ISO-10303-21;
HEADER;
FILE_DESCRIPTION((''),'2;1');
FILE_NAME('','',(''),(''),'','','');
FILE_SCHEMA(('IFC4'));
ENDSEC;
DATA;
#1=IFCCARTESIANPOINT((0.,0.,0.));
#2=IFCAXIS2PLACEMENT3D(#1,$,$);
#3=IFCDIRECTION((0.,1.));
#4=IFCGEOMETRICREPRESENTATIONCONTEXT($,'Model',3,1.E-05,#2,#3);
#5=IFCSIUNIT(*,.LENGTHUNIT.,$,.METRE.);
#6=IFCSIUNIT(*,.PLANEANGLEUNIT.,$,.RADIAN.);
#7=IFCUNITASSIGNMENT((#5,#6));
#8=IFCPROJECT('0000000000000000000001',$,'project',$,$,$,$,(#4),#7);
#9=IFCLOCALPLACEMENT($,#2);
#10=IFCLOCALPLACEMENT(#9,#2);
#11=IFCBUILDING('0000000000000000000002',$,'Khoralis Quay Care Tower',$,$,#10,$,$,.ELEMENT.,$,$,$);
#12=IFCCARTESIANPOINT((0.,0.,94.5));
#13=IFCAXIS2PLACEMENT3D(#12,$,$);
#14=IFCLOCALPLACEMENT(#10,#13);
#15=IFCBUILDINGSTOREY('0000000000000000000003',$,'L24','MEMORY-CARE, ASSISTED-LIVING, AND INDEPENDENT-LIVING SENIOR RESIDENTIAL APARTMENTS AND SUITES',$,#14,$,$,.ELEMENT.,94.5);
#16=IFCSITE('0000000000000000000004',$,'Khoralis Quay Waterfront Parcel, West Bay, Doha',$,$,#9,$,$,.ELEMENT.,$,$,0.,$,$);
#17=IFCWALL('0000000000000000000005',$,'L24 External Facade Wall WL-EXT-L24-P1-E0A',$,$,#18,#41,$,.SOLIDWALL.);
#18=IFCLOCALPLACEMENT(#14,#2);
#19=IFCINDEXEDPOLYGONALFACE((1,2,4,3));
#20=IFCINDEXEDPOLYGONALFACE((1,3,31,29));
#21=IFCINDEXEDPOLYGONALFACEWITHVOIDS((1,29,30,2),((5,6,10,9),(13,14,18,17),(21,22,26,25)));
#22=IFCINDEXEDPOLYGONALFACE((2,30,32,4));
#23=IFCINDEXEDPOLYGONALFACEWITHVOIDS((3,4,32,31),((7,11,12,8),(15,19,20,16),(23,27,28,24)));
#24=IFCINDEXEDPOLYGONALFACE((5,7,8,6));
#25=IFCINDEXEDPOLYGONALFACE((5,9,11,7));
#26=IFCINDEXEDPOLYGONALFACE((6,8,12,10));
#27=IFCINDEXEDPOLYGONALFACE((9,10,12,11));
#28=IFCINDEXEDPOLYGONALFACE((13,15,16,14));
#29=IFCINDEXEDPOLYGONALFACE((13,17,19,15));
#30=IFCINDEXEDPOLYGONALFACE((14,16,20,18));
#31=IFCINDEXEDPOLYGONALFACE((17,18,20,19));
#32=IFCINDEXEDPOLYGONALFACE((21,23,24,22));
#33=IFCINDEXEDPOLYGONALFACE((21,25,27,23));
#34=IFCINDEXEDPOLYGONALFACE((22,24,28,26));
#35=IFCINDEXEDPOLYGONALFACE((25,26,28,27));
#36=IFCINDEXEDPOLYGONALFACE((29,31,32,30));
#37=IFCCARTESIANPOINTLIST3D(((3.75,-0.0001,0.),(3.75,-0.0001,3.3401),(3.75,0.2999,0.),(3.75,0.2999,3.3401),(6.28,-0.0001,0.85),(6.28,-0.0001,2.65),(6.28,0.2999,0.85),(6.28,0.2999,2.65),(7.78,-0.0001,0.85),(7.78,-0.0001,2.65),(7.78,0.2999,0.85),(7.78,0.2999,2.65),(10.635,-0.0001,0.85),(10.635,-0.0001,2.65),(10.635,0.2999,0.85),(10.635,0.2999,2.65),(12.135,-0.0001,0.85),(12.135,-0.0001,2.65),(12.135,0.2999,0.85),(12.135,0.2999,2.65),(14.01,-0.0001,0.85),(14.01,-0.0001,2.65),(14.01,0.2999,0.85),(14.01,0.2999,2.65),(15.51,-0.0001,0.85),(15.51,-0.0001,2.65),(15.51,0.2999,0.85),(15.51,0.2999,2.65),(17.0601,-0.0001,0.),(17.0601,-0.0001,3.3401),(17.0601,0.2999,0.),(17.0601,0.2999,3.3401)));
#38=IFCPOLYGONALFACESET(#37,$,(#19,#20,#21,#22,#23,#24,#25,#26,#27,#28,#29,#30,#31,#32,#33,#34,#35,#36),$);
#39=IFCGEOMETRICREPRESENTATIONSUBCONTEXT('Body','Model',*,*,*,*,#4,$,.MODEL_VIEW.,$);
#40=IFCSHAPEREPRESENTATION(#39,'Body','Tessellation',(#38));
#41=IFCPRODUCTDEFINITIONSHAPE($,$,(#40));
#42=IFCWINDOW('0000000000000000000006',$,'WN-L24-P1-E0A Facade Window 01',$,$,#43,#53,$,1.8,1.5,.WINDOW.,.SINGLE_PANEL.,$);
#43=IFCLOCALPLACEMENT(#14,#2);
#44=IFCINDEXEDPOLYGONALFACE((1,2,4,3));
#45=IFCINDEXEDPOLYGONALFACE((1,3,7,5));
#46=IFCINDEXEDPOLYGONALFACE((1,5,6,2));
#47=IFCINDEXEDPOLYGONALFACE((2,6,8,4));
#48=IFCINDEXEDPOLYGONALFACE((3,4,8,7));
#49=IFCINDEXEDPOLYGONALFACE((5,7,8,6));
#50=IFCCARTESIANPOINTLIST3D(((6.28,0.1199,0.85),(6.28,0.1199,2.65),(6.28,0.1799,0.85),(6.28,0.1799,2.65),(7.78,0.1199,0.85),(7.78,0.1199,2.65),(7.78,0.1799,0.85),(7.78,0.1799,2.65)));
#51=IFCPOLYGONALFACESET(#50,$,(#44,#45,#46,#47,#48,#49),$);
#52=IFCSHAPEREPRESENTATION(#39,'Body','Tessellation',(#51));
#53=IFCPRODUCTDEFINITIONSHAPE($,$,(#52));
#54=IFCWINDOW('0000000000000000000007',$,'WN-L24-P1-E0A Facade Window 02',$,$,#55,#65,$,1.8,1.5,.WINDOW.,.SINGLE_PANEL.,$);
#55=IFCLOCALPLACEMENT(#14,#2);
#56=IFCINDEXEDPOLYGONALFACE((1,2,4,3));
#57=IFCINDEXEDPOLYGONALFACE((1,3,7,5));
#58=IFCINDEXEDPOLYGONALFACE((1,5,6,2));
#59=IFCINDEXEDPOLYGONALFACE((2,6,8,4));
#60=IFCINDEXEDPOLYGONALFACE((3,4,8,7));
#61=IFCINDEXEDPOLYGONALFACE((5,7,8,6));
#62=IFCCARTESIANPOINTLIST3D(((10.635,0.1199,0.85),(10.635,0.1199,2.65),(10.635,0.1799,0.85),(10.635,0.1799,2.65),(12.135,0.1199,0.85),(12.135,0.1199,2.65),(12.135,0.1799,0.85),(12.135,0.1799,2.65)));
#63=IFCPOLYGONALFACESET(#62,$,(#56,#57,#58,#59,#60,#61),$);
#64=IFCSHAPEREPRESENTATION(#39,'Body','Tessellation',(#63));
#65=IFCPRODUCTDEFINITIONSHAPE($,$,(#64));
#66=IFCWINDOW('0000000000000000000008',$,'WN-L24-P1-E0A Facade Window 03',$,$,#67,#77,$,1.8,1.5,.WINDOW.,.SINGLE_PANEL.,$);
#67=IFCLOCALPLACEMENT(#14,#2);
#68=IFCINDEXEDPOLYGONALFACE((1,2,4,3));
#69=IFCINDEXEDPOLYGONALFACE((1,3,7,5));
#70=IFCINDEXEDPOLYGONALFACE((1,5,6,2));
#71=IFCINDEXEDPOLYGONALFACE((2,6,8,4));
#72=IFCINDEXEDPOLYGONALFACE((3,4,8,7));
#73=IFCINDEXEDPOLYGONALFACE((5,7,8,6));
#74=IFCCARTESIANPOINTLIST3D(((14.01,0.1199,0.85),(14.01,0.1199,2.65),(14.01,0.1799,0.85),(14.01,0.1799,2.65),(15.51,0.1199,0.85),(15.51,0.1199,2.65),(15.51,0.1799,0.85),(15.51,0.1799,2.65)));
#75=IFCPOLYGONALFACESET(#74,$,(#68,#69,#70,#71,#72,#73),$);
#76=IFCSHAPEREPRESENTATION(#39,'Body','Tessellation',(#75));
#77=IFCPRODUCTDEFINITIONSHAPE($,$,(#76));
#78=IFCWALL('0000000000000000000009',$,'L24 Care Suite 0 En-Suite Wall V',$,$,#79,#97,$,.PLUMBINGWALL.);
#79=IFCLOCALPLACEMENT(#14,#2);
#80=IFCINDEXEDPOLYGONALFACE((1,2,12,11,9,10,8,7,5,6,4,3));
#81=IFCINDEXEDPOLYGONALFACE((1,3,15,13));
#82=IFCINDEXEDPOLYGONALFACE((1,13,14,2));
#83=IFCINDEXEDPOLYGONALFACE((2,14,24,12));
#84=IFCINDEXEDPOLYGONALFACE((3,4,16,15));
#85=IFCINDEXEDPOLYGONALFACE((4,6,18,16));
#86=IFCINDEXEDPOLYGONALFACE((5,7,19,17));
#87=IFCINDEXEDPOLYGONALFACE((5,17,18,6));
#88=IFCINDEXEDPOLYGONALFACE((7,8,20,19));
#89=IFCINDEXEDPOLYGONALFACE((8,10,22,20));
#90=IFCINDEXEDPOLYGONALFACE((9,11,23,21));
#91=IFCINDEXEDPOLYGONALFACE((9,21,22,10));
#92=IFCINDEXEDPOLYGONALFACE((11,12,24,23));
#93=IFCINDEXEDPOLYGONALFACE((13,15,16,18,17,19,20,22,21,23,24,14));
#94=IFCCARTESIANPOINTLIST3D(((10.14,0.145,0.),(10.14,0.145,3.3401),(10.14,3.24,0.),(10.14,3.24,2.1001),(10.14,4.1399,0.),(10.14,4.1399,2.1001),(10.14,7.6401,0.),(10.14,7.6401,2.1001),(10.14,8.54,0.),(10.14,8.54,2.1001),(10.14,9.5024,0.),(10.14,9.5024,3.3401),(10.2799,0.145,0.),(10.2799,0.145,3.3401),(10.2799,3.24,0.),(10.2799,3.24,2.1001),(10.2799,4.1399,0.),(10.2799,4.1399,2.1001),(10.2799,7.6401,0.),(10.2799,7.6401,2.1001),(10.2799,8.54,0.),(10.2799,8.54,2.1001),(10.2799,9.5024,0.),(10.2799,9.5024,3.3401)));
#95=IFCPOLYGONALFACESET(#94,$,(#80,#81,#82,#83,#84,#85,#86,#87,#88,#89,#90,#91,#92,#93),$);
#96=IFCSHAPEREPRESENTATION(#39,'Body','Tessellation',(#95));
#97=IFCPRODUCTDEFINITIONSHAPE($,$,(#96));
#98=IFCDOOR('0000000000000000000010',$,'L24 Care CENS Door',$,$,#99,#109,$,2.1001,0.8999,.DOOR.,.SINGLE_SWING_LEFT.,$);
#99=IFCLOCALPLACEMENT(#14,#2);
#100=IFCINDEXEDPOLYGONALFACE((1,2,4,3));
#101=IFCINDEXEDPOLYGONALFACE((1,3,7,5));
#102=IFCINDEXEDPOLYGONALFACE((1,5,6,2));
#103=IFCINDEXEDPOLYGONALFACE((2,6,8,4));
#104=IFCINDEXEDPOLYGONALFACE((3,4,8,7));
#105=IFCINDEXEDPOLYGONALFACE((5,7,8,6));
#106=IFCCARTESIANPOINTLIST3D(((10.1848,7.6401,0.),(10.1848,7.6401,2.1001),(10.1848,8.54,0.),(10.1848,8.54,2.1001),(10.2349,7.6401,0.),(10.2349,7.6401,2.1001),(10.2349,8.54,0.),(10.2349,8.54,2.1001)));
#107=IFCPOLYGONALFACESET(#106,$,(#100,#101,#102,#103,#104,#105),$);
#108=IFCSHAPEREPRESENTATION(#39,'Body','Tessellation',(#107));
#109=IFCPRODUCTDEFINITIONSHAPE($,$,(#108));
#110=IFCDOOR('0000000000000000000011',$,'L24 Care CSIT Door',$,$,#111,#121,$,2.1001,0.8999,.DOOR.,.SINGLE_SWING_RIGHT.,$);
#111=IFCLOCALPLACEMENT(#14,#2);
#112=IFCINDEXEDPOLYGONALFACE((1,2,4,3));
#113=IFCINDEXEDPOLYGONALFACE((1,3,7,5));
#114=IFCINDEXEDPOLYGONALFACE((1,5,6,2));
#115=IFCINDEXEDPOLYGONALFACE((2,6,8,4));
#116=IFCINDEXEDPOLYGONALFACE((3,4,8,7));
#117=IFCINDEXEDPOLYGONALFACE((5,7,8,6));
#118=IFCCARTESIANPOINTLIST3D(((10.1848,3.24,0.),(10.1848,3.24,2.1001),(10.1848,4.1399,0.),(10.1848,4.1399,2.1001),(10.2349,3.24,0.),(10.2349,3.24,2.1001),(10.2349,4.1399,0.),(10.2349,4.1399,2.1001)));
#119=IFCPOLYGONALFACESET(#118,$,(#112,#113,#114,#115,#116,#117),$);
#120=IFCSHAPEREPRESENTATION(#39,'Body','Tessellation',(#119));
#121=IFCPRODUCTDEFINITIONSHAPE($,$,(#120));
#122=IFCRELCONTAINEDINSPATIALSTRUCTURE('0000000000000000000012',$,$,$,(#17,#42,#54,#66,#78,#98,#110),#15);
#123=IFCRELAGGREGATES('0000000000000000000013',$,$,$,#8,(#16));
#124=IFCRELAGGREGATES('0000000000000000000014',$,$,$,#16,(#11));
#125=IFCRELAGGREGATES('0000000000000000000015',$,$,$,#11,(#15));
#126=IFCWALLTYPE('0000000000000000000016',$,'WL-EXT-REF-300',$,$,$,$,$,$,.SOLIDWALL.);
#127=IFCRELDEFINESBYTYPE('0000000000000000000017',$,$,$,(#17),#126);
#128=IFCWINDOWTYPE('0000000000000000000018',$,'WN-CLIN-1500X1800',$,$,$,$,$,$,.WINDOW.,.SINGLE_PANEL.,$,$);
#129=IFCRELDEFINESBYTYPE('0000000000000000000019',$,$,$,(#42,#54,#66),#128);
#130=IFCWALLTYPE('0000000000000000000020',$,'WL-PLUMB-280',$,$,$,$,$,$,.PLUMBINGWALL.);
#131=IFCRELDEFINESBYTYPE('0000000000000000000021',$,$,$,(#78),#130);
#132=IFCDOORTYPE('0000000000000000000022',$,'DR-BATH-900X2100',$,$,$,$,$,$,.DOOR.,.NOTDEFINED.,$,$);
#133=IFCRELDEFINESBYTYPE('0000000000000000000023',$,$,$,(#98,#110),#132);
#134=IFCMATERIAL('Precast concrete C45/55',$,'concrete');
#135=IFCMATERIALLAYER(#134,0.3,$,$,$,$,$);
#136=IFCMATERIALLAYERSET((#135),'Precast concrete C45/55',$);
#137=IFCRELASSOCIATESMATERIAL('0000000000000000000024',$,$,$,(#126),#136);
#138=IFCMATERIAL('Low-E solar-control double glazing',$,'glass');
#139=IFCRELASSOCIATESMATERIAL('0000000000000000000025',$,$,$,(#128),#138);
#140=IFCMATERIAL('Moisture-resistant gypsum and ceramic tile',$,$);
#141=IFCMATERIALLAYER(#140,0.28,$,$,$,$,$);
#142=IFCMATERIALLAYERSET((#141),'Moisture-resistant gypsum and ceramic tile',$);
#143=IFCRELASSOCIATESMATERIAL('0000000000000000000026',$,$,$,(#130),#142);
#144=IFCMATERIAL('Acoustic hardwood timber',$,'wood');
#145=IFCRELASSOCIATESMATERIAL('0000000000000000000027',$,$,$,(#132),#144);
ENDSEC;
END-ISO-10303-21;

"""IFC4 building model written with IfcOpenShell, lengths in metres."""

from ifc_helpers import new_model, si_unit, direction, frame, frame_2d, origin, place, context, subcontext, project, spatial, rectangle, extrude, source, transform, mapped, material, layer, layer_set, type_object, element, fill, save


model = new_model("IFC4")

# Units and contexts
model_context = context("Model", 3, precision=1e-05, world=origin(), true_north=direction((0.0, 1.0)))
body_context = subcontext(model_context, "Body", "Model", "MODEL_VIEW")
ifc_project = project(units=[si_unit("LENGTHUNIT", "METRE"), si_unit("PLANEANGLEUNIT", "RADIAN")], contexts=[model_context])

# Site, building, storey
site_placement = place(None, origin())
site = spatial("IfcSite", under=ifc_project, at=site_placement, Name="Khoralis Quay Waterfront Parcel, West Bay, Doha", CompositionType="ELEMENT", RefElevation=0.0)
building_placement = place(site_placement, origin())
building = spatial("IfcBuilding", under=site, at=building_placement, Name="Khoralis Quay Care Tower", CompositionType="ELEMENT")
storey_placement = place(building_placement, frame((0.0, 0.0, 94.5)))
storey = spatial("IfcBuildingStorey", under=building, at=storey_placement, Name="L24", Description="MEMORY-CARE, ASSISTED-LIVING, AND INDEPENDENT-LIVING SENIOR RESIDENTIAL APARTMENTS AND SUITES", CompositionType="ELEMENT", Elevation=94.5)

# Wall, openings, windows
ifc_material_1 = material(Name="Precast concrete C45/55", Category="concrete")
ifc_layer_1 = layer(ifc_material_1, 0.3)
ifc_layer_set_1 = layer_set([ifc_layer_1], Name="Precast concrete C45/55")
wall_type_1 = type_object("IfcWallType", Name="WL-EXT-REF-300", PredefinedType="SOLIDWALL", material=ifc_layer_set_1)
wall_1_placement = place(storey_placement, frame((3.75, 0.1499, 0.0), z_axis=(0.0, 0.0, 1.0), x_axis=(1.0, 0.0, 0.0)))
wall_1 = element("IfcWall", 1, at=wall_1_placement, inside=storey, type_object=wall_type_1, Name="L24 External Facade Wall WL-EXT-L24-P1-E0A", PredefinedType="SOLIDWALL", context=body_context, shape_type="SweptSolid", body=[
    extrude(rectangle(XDim=13.3101, YDim=0.3, at=frame_2d((6.655, 0.0))), origin(), (0.0, 0.0, 1.0), 3.3401),
])
opening_1_placement = place(wall_1_placement, frame((2.53, 0.0, 0.8501)))
opening_1 = element("IfcOpeningElement", 2, at=opening_1_placement, cuts=wall_1, PredefinedType="OPENING", context=body_context, shape_type="SweptSolid", body=[
    extrude(rectangle(XDim=1.5, YDim=1.8, at=frame_2d((0.75, 0.8999))), frame((0.0, 0.1602, 0.0), z_axis=(0.0, -1.0, 0.0), x_axis=(1.0, 0.0, 0.0)), (0.0, 0.0, 1.0), 0.3201),
])
opening_2_placement = place(wall_1_placement, frame((6.885, 0.0, 0.8501)))
opening_2 = element("IfcOpeningElement", 3, at=opening_2_placement, cuts=wall_1, PredefinedType="OPENING", context=body_context, shape_type="SweptSolid", body=[
    extrude(rectangle(XDim=1.5, YDim=1.8, at=frame_2d((0.75, 0.8999))), frame((0.0, 0.1602, 0.0), z_axis=(0.0, -1.0, 0.0), x_axis=(1.0, 0.0, 0.0)), (0.0, 0.0, 1.0), 0.3201),
])
opening_3_placement = place(wall_1_placement, frame((10.26, 0.0, 0.8501)))
opening_3 = element("IfcOpeningElement", 4, at=opening_3_placement, cuts=wall_1, PredefinedType="OPENING", context=body_context, shape_type="SweptSolid", body=[
    extrude(rectangle(XDim=1.5, YDim=1.8, at=frame_2d((0.75, 0.8999))), frame((0.0, 0.1602, 0.0), z_axis=(0.0, -1.0, 0.0), x_axis=(1.0, 0.0, 0.0)), (0.0, 0.0, 1.0), 0.3201),
])
ifc_material_2 = material(Name="Low-E solar-control double glazing", Category="glass")
window_type = type_object("IfcWindowType", Name="WN-CLIN-1500X1800", PartitioningType="SINGLE_PANEL", PredefinedType="WINDOW", material=ifc_material_2)
shared_shape_1 = source(origin(), body_context, "Body", "SweptSolid", [
    extrude(rectangle(XDim=1.5, YDim=1.8, at=frame_2d((0.75, 0.8999))), frame((0.0, 0.03, 0.0), z_axis=(0.0, -1.0, 0.0), x_axis=(1.0, 0.0, 0.0)), (0.0, 0.0, 1.0), 0.0601),
])
window_1_placement = place(opening_1_placement, origin())
window_1 = element("IfcWindow", 5, at=window_1_placement, inside=storey, type_object=window_type, Name="WN-L24-P1-E0A Facade Window 01", OverallHeight=1.8, OverallWidth=1.5, PartitioningType="SINGLE_PANEL", PredefinedType="WINDOW", context=body_context, shape_type="MappedRepresentation", body=[
    mapped(shared_shape_1, transform((0.0, 0.0, 0.0), scale=1.0)),
])
fill(opening_1, window_1)
window_2_placement = place(opening_2_placement, origin())
window_2 = element("IfcWindow", 6, at=window_2_placement, inside=storey, type_object=window_type, Name="WN-L24-P1-E0A Facade Window 02", OverallHeight=1.8, OverallWidth=1.5, PartitioningType="SINGLE_PANEL", PredefinedType="WINDOW", context=body_context, shape_type="MappedRepresentation", body=[
    mapped(shared_shape_1, transform((0.0, 0.0, 0.0), scale=1.0)),
])
fill(opening_2, window_2)
window_3_placement = place(opening_3_placement, origin())
window_3 = element("IfcWindow", 7, at=window_3_placement, inside=storey, type_object=window_type, Name="WN-L24-P1-E0A Facade Window 03", OverallHeight=1.8, OverallWidth=1.5, PartitioningType="SINGLE_PANEL", PredefinedType="WINDOW", context=body_context, shape_type="MappedRepresentation", body=[
    mapped(shared_shape_1, transform((0.0, 0.0, 0.0), scale=1.0)),
])
fill(opening_3, window_3)

# Wall, openings, doors
ifc_material_3 = material(Name="Moisture-resistant gypsum and ceramic tile")
ifc_layer_2 = layer(ifc_material_3, 0.28)
ifc_layer_set_2 = layer_set([ifc_layer_2], Name="Moisture-resistant gypsum and ceramic tile")
wall_type_2 = type_object("IfcWallType", Name="WL-PLUMB-280", PredefinedType="PLUMBINGWALL", material=ifc_layer_set_2)
wall_2_placement = place(storey_placement, frame((10.21, 0.145, 0.0), z_axis=(0.0, 0.0, 1.0), x_axis=(0.0, 1.0, 0.0)))
wall_2 = element("IfcWall", 8, at=wall_2_placement, inside=storey, type_object=wall_type_2, Name="L24 Care Suite 0 En-Suite Wall V", PredefinedType="PLUMBINGWALL", context=body_context, shape_type="SweptSolid", body=[
    extrude(rectangle(XDim=9.3574, YDim=0.1399, at=frame_2d((4.6787, 0.0))), origin(), (0.0, 0.0, 1.0), 3.3401),
])
opening_4_placement = place(wall_2_placement, frame((7.4951, 0.0, 0.0)))
opening_4 = element("IfcOpeningElement", 9, at=opening_4_placement, cuts=wall_2, PredefinedType="OPENING", context=body_context, shape_type="SweptSolid", body=[
    extrude(rectangle(XDim=0.8999, YDim=2.1001, at=frame_2d((0.45, 1.05))), frame((0.0, 0.0801, 0.0), z_axis=(0.0, -1.0, 0.0), x_axis=(1.0, 0.0, 0.0)), (0.0, 0.0, 1.0), 0.1599),
])
opening_5_placement = place(wall_2_placement, frame((3.095, 0.0, 0.0)))
opening_5 = element("IfcOpeningElement", 10, at=opening_5_placement, cuts=wall_2, PredefinedType="OPENING", context=body_context, shape_type="SweptSolid", body=[
    extrude(rectangle(XDim=0.8999, YDim=2.1001, at=frame_2d((0.45, 1.05))), frame((0.0, 0.0801, 0.0), z_axis=(0.0, -1.0, 0.0), x_axis=(1.0, 0.0, 0.0)), (0.0, 0.0, 1.0), 0.1599),
])
ifc_material_4 = material(Name="Acoustic hardwood timber", Category="wood")
door_type = type_object("IfcDoorType", Name="DR-BATH-900X2100", OperationType="NOTDEFINED", PredefinedType="DOOR", material=ifc_material_4)
shared_shape_2 = source(origin(), body_context, "Body", "SweptSolid", [
    extrude(rectangle(XDim=0.8999, YDim=2.1001, at=frame_2d((0.45, 1.05))), frame((0.0, 0.0249, 0.0), z_axis=(0.0, -1.0, 0.0), x_axis=(1.0, 0.0, 0.0)), (0.0, 0.0, 1.0), 0.05),
])
door_1_placement = place(opening_4_placement, frame((0.8999, 0.0, 0.0), z_axis=(0.0, 0.0, 1.0), x_axis=(-1.0, 0.0, 0.0)))
door_1 = element("IfcDoor", 11, at=door_1_placement, inside=storey, type_object=door_type, Name="L24 Care CENS Door", OperationType="SINGLE_SWING_LEFT", OverallHeight=2.1001, OverallWidth=0.8999, PredefinedType="DOOR", context=body_context, shape_type="MappedRepresentation", body=[
    mapped(shared_shape_2, transform((0.0, 0.0, 0.0), scale=1.0)),
])
fill(opening_4, door_1)
door_2_placement = place(opening_5_placement, frame((0.8999, 0.0, 0.0), z_axis=(0.0, 0.0, 1.0), x_axis=(-1.0, 0.0, 0.0)))
door_2 = element("IfcDoor", 12, at=door_2_placement, inside=storey, type_object=door_type, Name="L24 Care CSIT Door", OperationType="SINGLE_SWING_RIGHT", OverallHeight=2.1001, OverallWidth=0.8999, PredefinedType="DOOR", context=body_context, shape_type="MappedRepresentation", body=[
    mapped(shared_shape_2, transform((0.0, 0.0, 0.0), scale=1.0)),
])
fill(opening_5, door_2)

save(model, "model.ifc")
